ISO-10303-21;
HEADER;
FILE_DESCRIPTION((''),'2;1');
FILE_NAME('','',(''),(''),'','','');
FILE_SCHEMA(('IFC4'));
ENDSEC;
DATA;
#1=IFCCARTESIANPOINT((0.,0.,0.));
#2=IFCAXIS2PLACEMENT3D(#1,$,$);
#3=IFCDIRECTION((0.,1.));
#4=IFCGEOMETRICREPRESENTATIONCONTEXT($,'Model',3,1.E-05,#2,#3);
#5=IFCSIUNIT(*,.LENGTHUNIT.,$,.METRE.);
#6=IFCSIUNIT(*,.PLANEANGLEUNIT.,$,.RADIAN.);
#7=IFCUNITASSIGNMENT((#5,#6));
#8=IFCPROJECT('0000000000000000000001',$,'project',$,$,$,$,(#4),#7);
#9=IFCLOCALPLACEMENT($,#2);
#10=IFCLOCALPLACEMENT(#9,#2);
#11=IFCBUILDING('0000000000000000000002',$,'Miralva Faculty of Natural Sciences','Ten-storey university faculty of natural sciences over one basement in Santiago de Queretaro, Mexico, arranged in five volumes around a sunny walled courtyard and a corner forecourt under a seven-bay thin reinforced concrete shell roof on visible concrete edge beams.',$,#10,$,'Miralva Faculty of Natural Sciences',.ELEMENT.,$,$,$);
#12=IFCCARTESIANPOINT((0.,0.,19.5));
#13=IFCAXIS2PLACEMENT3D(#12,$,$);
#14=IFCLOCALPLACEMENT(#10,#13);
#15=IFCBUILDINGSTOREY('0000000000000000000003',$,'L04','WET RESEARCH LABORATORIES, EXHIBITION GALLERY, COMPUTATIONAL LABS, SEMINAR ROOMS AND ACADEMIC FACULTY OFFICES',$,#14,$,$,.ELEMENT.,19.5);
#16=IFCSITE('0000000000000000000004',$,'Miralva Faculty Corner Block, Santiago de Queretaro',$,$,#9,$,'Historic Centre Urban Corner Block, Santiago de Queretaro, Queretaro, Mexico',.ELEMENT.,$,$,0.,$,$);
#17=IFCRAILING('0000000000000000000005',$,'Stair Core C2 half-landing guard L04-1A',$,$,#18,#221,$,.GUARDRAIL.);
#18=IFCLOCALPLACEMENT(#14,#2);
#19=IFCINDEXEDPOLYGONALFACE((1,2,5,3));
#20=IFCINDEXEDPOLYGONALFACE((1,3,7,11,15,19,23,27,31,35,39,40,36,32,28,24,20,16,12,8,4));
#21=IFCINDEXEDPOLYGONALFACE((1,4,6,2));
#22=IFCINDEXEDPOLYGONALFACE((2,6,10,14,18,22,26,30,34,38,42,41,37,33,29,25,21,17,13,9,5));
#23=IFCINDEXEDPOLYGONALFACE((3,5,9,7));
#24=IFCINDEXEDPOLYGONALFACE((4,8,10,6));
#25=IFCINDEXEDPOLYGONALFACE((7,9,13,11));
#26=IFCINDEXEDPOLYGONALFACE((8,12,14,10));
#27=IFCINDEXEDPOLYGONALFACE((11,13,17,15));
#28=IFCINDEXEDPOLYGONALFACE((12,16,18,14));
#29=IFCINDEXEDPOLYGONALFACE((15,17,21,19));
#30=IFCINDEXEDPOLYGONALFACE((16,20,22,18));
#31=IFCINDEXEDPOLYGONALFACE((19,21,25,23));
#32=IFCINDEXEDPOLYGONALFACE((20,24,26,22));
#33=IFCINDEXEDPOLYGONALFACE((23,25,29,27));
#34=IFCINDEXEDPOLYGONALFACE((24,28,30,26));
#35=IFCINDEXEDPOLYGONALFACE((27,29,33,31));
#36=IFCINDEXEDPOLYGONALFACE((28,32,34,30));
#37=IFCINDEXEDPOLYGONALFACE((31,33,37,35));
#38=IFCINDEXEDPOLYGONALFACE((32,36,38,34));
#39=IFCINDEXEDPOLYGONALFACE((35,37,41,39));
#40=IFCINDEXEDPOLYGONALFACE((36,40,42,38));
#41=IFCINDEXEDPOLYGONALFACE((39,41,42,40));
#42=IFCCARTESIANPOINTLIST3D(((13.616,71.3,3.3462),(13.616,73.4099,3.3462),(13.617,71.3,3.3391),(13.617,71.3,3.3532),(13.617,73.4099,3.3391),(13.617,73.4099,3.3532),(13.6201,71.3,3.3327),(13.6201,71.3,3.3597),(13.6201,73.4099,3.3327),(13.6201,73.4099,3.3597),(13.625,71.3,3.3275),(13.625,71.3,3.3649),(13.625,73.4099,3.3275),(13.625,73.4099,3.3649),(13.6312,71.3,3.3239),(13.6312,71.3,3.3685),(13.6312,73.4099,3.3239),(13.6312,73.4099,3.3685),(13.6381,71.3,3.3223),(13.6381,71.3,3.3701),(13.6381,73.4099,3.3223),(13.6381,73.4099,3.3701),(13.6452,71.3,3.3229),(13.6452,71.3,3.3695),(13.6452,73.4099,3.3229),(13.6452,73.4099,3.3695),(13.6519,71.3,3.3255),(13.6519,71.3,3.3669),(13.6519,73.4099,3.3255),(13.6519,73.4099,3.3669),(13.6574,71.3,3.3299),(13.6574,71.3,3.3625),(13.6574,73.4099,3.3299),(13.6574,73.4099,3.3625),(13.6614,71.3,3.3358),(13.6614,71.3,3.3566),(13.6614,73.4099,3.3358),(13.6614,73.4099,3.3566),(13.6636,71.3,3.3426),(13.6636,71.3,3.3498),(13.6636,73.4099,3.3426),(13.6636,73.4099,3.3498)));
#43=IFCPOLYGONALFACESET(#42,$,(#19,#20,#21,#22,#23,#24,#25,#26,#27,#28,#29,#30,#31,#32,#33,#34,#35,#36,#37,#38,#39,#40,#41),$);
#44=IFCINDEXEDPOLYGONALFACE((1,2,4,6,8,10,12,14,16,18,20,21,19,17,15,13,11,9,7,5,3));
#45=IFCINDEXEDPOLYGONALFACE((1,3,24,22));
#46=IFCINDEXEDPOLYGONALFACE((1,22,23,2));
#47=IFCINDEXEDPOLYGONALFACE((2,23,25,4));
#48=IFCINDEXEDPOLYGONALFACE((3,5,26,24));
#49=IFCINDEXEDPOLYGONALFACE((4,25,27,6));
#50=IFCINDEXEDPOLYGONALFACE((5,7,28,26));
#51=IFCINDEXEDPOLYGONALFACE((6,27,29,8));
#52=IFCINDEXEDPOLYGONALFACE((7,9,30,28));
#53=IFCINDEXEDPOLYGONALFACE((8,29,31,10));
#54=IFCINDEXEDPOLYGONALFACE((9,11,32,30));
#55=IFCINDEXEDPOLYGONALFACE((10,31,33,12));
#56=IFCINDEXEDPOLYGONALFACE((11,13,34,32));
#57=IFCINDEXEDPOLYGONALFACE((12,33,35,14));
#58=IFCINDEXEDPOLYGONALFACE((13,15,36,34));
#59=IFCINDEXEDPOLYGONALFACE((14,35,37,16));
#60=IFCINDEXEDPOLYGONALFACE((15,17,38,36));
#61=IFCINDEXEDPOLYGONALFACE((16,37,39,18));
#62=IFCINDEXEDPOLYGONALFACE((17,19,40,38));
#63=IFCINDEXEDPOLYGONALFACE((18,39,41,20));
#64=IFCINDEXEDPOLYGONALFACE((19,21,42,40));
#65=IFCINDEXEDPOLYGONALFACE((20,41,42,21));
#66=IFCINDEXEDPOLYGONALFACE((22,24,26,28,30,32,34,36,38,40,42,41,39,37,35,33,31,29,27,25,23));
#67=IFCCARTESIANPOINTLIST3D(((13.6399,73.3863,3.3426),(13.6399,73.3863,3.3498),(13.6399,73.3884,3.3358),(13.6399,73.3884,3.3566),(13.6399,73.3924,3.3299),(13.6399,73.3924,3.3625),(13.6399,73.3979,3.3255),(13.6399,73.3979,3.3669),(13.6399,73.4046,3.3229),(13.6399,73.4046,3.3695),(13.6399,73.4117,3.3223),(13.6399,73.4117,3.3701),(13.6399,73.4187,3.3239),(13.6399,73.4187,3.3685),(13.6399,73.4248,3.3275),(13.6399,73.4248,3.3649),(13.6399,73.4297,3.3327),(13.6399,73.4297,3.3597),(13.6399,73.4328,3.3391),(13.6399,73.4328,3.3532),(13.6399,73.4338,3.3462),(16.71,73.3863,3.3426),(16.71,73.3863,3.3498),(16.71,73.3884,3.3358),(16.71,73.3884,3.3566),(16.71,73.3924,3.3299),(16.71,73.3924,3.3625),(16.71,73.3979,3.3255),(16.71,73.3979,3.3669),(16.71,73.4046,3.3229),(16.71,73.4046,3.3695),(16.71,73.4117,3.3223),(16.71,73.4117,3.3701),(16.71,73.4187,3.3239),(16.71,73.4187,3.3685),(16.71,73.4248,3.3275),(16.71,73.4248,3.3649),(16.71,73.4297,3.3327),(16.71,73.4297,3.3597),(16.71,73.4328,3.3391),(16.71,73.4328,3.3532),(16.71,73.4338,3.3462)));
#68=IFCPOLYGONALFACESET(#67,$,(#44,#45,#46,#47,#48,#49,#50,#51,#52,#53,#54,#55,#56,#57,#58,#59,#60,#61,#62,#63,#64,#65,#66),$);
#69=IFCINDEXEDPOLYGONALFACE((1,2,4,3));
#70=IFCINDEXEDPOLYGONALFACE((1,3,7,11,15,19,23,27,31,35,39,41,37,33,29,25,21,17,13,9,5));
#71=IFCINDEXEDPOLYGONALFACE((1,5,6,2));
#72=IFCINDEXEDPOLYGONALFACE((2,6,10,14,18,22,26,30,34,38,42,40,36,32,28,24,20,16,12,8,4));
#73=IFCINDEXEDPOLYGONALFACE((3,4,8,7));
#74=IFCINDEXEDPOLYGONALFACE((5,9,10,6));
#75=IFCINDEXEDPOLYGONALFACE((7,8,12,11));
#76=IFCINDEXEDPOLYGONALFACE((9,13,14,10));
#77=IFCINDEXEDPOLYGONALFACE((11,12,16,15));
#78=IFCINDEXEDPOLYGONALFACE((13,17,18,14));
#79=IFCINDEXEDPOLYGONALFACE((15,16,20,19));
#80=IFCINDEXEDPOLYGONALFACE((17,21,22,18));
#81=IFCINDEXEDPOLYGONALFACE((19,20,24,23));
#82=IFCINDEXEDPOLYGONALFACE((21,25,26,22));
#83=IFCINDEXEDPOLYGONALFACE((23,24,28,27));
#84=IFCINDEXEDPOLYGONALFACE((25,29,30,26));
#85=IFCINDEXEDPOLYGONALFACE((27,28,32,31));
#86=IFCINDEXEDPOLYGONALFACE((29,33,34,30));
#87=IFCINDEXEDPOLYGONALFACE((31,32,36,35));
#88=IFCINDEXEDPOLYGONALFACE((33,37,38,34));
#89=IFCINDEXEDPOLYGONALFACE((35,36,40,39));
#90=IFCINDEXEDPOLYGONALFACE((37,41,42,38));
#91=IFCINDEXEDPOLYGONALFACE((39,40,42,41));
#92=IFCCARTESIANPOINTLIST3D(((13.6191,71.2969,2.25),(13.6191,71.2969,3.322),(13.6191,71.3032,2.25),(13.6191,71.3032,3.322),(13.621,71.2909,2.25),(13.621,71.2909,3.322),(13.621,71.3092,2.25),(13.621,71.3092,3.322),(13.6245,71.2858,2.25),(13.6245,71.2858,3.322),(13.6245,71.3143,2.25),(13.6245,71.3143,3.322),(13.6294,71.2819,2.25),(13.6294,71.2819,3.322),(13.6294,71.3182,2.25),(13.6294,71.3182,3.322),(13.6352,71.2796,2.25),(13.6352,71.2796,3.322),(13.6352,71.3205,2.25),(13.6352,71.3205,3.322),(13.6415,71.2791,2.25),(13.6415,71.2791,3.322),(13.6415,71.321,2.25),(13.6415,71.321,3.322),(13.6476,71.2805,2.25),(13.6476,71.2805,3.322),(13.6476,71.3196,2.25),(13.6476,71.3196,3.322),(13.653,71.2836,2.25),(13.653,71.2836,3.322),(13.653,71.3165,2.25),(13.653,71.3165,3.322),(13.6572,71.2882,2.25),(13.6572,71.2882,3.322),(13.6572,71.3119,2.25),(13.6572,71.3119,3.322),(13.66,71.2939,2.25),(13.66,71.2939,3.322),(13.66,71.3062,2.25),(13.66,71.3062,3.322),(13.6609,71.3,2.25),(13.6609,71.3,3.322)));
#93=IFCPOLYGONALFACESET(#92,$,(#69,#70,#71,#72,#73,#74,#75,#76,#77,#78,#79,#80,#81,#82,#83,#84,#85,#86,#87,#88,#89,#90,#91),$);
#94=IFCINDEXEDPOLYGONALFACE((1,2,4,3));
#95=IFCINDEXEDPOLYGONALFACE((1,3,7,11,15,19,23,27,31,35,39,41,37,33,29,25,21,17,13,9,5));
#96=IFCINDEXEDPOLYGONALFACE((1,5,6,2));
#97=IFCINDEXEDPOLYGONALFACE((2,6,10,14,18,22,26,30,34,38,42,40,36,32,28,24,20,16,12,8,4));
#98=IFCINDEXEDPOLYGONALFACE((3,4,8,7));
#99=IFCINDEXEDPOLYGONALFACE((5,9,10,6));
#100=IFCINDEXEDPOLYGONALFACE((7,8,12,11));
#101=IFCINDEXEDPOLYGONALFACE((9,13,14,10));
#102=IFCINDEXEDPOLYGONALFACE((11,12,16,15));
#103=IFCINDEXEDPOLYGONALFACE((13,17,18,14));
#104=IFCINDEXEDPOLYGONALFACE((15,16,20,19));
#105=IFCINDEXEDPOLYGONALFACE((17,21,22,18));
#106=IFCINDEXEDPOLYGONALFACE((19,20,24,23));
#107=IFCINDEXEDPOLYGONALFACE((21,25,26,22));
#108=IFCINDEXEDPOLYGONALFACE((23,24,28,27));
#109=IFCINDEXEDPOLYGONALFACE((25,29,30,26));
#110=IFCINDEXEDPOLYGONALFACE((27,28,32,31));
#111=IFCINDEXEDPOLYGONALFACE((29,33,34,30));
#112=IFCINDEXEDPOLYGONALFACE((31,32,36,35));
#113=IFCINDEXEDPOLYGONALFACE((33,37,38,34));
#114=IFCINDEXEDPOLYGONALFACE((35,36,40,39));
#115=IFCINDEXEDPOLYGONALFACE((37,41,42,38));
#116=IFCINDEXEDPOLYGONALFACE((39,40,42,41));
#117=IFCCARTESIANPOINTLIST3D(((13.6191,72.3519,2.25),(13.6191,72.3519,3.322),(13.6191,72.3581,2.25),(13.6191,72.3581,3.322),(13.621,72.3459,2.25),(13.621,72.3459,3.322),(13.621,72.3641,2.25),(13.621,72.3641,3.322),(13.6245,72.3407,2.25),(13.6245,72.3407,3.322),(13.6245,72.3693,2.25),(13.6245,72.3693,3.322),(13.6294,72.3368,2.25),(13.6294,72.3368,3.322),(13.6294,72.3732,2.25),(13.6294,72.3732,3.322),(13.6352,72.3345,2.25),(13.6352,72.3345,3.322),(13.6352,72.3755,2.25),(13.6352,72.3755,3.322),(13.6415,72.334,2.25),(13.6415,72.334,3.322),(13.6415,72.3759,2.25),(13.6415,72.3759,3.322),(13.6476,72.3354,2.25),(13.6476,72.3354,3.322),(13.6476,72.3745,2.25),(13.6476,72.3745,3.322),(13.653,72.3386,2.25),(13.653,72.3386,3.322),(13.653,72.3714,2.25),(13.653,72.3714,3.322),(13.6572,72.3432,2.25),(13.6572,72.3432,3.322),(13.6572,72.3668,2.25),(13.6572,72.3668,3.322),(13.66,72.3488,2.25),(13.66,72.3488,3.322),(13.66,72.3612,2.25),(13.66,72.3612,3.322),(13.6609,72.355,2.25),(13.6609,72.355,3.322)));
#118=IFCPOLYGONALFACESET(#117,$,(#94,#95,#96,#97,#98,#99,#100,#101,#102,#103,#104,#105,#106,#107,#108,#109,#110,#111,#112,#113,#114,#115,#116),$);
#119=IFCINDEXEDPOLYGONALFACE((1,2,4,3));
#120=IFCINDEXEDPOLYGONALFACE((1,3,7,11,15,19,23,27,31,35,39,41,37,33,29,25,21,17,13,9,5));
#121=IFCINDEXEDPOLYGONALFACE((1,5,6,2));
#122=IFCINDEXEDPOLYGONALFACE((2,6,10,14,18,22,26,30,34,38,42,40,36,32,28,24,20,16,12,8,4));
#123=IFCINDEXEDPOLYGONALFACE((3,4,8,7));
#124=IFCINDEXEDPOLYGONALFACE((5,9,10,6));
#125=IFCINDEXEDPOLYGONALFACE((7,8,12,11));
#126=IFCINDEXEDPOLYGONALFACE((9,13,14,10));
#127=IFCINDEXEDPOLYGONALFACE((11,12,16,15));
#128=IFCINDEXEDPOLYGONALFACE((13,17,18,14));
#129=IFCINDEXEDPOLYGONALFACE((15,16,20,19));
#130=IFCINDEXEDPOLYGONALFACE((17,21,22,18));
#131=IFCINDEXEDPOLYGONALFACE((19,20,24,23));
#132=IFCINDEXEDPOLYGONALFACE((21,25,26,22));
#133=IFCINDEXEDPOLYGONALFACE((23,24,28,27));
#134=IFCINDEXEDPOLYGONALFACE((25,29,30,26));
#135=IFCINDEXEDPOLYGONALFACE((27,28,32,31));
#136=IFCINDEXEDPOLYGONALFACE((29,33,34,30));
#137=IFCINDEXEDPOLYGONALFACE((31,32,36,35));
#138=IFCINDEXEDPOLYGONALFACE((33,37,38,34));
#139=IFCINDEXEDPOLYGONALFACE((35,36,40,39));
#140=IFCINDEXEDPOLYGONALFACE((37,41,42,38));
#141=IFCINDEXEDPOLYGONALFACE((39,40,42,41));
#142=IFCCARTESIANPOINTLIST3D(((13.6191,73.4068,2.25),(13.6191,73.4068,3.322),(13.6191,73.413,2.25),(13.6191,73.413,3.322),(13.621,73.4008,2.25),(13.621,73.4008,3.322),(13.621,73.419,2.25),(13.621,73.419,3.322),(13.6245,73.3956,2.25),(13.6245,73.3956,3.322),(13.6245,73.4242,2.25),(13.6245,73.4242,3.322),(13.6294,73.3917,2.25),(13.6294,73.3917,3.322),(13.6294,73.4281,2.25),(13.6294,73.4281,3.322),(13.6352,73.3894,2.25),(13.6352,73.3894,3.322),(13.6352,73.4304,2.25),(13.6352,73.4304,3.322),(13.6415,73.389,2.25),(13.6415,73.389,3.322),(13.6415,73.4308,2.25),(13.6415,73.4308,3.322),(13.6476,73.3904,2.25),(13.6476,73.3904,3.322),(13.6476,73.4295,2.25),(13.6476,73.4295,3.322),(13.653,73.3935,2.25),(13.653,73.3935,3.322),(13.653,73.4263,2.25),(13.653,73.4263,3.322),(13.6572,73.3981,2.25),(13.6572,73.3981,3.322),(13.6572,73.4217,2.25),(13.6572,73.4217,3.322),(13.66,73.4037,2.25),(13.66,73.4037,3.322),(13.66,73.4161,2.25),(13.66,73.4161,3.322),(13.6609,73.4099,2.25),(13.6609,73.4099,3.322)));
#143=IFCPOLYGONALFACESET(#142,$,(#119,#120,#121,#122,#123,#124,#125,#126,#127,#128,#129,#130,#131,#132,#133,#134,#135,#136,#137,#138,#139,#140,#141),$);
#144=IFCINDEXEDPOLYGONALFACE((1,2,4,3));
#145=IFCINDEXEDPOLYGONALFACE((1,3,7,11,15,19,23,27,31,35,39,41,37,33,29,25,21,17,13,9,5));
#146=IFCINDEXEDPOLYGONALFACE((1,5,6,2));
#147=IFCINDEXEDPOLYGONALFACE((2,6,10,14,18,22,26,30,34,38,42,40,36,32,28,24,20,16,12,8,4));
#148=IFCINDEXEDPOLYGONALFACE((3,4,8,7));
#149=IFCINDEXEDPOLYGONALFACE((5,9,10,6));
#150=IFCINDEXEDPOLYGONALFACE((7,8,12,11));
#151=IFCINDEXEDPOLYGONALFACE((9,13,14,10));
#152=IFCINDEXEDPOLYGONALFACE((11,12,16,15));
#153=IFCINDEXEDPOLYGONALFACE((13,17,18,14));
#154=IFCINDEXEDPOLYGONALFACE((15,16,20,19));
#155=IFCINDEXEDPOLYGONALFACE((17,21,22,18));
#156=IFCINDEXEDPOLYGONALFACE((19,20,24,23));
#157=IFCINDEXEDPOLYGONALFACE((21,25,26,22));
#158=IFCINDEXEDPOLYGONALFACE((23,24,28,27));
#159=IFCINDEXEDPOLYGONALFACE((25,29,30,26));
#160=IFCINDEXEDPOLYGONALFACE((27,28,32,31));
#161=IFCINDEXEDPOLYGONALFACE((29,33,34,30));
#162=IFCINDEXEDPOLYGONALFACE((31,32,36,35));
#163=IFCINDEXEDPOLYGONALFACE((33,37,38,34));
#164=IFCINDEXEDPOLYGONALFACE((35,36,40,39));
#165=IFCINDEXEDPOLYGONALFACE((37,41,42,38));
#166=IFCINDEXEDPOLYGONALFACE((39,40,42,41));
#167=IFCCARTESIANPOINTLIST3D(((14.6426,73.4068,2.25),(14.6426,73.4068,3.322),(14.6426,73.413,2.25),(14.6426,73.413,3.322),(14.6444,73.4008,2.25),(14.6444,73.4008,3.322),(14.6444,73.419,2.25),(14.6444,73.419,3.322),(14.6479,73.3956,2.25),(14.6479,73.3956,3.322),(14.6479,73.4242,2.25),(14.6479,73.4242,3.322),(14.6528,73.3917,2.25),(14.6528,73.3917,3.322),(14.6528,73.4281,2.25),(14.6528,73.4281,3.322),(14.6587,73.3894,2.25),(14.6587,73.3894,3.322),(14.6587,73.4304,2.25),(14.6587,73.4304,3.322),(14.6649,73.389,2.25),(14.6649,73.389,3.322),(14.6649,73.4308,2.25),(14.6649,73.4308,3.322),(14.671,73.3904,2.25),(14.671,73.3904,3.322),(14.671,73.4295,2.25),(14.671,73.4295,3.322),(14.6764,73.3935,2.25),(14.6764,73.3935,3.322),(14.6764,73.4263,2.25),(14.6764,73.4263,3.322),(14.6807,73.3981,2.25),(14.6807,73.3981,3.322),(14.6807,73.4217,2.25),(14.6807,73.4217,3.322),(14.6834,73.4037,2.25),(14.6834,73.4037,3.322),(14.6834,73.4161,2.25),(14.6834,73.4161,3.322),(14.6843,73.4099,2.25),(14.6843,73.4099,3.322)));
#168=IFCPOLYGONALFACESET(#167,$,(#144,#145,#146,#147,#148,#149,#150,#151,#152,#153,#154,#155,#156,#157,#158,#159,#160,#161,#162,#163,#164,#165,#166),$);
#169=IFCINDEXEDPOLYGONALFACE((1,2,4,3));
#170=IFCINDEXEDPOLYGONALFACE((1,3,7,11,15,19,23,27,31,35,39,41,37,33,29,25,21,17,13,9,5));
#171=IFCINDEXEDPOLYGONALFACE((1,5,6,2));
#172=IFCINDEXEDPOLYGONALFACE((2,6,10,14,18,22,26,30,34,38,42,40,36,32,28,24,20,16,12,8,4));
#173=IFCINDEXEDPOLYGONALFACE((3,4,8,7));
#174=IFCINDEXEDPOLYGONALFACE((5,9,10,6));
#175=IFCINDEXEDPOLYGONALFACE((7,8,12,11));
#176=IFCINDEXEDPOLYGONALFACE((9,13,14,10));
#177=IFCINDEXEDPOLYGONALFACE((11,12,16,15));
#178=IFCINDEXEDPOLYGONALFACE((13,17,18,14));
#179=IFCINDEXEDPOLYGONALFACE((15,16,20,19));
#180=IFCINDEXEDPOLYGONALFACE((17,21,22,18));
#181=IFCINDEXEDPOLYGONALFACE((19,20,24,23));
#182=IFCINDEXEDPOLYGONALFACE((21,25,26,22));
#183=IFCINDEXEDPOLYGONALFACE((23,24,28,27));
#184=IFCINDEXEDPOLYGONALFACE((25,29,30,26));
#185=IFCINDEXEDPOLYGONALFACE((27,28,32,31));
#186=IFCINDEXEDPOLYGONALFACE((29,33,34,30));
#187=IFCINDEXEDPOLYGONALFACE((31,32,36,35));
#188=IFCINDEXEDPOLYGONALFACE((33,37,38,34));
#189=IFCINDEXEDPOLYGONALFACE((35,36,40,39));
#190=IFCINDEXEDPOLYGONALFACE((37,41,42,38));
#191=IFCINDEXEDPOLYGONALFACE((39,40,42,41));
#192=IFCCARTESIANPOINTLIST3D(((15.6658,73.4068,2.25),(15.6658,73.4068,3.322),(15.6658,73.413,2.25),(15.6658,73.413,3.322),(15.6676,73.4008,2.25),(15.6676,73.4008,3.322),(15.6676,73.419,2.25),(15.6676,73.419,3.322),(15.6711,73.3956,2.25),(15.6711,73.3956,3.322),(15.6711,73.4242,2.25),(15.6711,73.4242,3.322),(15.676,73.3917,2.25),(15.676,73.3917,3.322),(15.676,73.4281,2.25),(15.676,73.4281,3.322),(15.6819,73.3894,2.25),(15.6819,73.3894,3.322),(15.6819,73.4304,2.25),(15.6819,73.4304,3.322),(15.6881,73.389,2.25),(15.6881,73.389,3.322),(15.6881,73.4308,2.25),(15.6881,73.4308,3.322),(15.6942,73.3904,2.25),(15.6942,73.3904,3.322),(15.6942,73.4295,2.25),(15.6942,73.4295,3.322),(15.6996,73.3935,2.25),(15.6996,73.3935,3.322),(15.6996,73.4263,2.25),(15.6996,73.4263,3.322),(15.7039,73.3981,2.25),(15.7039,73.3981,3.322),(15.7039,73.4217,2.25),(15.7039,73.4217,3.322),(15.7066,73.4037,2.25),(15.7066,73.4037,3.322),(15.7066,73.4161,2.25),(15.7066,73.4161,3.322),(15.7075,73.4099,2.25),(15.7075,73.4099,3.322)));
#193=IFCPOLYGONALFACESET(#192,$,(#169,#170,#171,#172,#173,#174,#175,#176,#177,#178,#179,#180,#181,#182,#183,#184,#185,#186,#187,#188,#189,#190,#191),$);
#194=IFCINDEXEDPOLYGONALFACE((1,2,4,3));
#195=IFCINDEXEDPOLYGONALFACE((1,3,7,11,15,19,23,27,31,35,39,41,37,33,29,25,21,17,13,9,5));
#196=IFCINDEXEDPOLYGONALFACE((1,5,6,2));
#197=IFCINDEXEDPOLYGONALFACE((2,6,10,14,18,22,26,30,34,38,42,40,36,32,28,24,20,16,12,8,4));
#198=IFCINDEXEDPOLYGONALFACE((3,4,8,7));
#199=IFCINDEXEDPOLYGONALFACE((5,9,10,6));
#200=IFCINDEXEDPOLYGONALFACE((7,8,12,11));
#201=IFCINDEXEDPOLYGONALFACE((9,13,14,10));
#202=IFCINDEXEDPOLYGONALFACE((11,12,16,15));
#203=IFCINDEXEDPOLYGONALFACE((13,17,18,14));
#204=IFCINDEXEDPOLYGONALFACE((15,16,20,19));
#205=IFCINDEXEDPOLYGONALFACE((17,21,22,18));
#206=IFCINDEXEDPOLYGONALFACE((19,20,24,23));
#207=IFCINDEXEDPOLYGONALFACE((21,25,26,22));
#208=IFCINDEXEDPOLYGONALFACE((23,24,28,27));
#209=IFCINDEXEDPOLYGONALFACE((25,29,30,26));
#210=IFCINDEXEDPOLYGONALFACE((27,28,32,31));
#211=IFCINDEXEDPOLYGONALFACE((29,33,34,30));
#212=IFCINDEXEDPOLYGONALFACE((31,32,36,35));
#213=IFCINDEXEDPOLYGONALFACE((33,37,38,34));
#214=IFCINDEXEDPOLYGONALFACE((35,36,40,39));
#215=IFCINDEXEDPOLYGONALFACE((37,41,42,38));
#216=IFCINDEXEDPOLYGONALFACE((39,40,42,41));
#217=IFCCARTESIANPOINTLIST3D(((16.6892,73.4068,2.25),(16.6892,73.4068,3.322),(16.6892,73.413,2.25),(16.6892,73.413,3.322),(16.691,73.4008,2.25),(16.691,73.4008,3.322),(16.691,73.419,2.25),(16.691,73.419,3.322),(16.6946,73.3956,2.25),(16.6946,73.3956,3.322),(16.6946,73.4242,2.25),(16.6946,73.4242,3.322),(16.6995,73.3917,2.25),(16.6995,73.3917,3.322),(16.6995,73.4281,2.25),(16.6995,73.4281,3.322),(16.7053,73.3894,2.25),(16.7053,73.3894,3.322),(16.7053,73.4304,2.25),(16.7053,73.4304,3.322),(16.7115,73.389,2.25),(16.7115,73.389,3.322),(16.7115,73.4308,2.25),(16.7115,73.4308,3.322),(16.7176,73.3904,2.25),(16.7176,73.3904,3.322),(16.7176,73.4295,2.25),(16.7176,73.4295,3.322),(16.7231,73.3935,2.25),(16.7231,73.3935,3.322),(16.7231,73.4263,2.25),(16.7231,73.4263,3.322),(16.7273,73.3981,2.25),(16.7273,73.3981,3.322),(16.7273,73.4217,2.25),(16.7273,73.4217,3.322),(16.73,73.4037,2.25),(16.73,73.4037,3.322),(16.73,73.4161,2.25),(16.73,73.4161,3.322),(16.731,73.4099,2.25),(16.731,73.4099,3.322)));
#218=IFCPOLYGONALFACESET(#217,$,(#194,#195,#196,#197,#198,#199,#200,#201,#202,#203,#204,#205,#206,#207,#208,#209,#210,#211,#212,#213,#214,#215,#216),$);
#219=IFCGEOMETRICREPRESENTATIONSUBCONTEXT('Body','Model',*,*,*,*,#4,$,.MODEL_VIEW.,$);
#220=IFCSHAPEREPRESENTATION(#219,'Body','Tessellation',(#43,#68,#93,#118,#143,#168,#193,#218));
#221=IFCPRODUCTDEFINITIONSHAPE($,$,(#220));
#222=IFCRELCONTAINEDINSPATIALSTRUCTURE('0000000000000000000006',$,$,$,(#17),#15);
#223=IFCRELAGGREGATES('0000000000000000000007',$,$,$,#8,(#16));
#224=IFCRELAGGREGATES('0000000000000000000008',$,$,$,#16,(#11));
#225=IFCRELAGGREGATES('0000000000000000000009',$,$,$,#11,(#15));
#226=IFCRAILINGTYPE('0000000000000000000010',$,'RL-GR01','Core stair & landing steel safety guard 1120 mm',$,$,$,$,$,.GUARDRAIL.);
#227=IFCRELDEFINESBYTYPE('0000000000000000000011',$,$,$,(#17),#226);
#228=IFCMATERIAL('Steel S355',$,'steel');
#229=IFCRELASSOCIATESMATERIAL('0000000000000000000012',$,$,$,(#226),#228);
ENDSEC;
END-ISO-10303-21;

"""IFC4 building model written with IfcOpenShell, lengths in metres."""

from ifc_helpers import new_model, si_unit, direction, frame, origin, origin_2d, place, context, subcontext, project, spatial, circle, extrude, material, type_object, element, save


model = new_model("IFC4")

# Units and contexts
model_context = context("Model", 3, precision=1e-05, world=origin(), true_north=direction((0.0, 1.0)))
body_context = subcontext(model_context, "Body", "Model", "MODEL_VIEW")
ifc_project = project(units=[si_unit("LENGTHUNIT", "METRE"), si_unit("PLANEANGLEUNIT", "RADIAN")], contexts=[model_context])

# Site, building, storey
site_placement = place(None, origin())
site = spatial("IfcSite", under=ifc_project, at=site_placement, Name="Miralva Faculty Corner Block, Santiago de Queretaro", LongName="Historic Centre Urban Corner Block, Santiago de Queretaro, Queretaro, Mexico", CompositionType="ELEMENT", RefElevation=0.0)
building_placement = place(site_placement, origin())
building = spatial("IfcBuilding", under=site, at=building_placement, Name="Miralva Faculty of Natural Sciences", Description="Ten-storey university faculty of natural sciences over one basement in Santiago de Queretaro, Mexico, arranged in five volumes around a sunny walled courtyard and a corner forecourt under a seven-bay thin reinforced concrete shell roof on visible concrete edge beams.", LongName="Miralva Faculty of Natural Sciences", CompositionType="ELEMENT")
storey_placement = place(building_placement, frame((0.0, 0.0, 19.5)))
storey = spatial("IfcBuildingStorey", under=building, at=storey_placement, Name="L04", Description="WET RESEARCH LABORATORIES, EXHIBITION GALLERY, COMPUTATIONAL LABS, SEMINAR ROOMS AND ACADEMIC FACULTY OFFICES", CompositionType="ELEMENT", Elevation=19.5)

# Railing
ifc_material_1 = material(Name="Steel S355", Category="steel")
railing_type_1 = type_object("IfcRailingType", Name="RL-GR01", Description="Core stair & landing steel safety guard 1120 mm", PredefinedType="GUARDRAIL", material=ifc_material_1)
railing_1_placement = place(storey_placement, frame((13.6399, 71.3, 2.25)))
element("IfcRailing", 1, at=railing_1_placement, inside=storey, type_object=railing_type_1, Name="Stair Core C2 half-landing guard L04-1A", PredefinedType="GUARDRAIL", context=body_context, shape_type="SweptSolid", body=[
    extrude(circle(Radius=0.0239, at=origin_2d()), frame((0.0, 0.0, 1.0962), z_axis=(0.0, 1.0, 0.0), x_axis=(-1.0, 0.0, 0.0)), (0.0, 0.0, 1.0), 2.1099),
    extrude(circle(Radius=0.0239, at=origin_2d()), frame((0.0, 2.1099, 1.0962), z_axis=(1.0, 0.0, 0.0), x_axis=(0.0, 1.0, 0.0)), (0.0, 0.0, 1.0), 3.0701),
    extrude(circle(Radius=0.021, at=origin_2d()), origin(), (0.0, 0.0, 1.0), 1.072),
    extrude(circle(Radius=0.021, at=origin_2d()), frame((0.0, 1.0549, 0.0)), (0.0, 0.0, 1.0), 1.072),
    extrude(circle(Radius=0.021, at=origin_2d()), frame((0.0, 2.1099, 0.0)), (0.0, 0.0, 1.0), 1.072),
    extrude(circle(Radius=0.021, at=origin_2d()), frame((1.0234, 2.1099, 0.0)), (0.0, 0.0, 1.0), 1.072),
    extrude(circle(Radius=0.021, at=origin_2d()), frame((2.0466, 2.1099, 0.0)), (0.0, 0.0, 1.0), 1.072),
    extrude(circle(Radius=0.021, at=origin_2d()), frame((3.0701, 2.1099, 0.0)), (0.0, 0.0, 1.0), 1.072),
])

save(model, "model.ifc")
